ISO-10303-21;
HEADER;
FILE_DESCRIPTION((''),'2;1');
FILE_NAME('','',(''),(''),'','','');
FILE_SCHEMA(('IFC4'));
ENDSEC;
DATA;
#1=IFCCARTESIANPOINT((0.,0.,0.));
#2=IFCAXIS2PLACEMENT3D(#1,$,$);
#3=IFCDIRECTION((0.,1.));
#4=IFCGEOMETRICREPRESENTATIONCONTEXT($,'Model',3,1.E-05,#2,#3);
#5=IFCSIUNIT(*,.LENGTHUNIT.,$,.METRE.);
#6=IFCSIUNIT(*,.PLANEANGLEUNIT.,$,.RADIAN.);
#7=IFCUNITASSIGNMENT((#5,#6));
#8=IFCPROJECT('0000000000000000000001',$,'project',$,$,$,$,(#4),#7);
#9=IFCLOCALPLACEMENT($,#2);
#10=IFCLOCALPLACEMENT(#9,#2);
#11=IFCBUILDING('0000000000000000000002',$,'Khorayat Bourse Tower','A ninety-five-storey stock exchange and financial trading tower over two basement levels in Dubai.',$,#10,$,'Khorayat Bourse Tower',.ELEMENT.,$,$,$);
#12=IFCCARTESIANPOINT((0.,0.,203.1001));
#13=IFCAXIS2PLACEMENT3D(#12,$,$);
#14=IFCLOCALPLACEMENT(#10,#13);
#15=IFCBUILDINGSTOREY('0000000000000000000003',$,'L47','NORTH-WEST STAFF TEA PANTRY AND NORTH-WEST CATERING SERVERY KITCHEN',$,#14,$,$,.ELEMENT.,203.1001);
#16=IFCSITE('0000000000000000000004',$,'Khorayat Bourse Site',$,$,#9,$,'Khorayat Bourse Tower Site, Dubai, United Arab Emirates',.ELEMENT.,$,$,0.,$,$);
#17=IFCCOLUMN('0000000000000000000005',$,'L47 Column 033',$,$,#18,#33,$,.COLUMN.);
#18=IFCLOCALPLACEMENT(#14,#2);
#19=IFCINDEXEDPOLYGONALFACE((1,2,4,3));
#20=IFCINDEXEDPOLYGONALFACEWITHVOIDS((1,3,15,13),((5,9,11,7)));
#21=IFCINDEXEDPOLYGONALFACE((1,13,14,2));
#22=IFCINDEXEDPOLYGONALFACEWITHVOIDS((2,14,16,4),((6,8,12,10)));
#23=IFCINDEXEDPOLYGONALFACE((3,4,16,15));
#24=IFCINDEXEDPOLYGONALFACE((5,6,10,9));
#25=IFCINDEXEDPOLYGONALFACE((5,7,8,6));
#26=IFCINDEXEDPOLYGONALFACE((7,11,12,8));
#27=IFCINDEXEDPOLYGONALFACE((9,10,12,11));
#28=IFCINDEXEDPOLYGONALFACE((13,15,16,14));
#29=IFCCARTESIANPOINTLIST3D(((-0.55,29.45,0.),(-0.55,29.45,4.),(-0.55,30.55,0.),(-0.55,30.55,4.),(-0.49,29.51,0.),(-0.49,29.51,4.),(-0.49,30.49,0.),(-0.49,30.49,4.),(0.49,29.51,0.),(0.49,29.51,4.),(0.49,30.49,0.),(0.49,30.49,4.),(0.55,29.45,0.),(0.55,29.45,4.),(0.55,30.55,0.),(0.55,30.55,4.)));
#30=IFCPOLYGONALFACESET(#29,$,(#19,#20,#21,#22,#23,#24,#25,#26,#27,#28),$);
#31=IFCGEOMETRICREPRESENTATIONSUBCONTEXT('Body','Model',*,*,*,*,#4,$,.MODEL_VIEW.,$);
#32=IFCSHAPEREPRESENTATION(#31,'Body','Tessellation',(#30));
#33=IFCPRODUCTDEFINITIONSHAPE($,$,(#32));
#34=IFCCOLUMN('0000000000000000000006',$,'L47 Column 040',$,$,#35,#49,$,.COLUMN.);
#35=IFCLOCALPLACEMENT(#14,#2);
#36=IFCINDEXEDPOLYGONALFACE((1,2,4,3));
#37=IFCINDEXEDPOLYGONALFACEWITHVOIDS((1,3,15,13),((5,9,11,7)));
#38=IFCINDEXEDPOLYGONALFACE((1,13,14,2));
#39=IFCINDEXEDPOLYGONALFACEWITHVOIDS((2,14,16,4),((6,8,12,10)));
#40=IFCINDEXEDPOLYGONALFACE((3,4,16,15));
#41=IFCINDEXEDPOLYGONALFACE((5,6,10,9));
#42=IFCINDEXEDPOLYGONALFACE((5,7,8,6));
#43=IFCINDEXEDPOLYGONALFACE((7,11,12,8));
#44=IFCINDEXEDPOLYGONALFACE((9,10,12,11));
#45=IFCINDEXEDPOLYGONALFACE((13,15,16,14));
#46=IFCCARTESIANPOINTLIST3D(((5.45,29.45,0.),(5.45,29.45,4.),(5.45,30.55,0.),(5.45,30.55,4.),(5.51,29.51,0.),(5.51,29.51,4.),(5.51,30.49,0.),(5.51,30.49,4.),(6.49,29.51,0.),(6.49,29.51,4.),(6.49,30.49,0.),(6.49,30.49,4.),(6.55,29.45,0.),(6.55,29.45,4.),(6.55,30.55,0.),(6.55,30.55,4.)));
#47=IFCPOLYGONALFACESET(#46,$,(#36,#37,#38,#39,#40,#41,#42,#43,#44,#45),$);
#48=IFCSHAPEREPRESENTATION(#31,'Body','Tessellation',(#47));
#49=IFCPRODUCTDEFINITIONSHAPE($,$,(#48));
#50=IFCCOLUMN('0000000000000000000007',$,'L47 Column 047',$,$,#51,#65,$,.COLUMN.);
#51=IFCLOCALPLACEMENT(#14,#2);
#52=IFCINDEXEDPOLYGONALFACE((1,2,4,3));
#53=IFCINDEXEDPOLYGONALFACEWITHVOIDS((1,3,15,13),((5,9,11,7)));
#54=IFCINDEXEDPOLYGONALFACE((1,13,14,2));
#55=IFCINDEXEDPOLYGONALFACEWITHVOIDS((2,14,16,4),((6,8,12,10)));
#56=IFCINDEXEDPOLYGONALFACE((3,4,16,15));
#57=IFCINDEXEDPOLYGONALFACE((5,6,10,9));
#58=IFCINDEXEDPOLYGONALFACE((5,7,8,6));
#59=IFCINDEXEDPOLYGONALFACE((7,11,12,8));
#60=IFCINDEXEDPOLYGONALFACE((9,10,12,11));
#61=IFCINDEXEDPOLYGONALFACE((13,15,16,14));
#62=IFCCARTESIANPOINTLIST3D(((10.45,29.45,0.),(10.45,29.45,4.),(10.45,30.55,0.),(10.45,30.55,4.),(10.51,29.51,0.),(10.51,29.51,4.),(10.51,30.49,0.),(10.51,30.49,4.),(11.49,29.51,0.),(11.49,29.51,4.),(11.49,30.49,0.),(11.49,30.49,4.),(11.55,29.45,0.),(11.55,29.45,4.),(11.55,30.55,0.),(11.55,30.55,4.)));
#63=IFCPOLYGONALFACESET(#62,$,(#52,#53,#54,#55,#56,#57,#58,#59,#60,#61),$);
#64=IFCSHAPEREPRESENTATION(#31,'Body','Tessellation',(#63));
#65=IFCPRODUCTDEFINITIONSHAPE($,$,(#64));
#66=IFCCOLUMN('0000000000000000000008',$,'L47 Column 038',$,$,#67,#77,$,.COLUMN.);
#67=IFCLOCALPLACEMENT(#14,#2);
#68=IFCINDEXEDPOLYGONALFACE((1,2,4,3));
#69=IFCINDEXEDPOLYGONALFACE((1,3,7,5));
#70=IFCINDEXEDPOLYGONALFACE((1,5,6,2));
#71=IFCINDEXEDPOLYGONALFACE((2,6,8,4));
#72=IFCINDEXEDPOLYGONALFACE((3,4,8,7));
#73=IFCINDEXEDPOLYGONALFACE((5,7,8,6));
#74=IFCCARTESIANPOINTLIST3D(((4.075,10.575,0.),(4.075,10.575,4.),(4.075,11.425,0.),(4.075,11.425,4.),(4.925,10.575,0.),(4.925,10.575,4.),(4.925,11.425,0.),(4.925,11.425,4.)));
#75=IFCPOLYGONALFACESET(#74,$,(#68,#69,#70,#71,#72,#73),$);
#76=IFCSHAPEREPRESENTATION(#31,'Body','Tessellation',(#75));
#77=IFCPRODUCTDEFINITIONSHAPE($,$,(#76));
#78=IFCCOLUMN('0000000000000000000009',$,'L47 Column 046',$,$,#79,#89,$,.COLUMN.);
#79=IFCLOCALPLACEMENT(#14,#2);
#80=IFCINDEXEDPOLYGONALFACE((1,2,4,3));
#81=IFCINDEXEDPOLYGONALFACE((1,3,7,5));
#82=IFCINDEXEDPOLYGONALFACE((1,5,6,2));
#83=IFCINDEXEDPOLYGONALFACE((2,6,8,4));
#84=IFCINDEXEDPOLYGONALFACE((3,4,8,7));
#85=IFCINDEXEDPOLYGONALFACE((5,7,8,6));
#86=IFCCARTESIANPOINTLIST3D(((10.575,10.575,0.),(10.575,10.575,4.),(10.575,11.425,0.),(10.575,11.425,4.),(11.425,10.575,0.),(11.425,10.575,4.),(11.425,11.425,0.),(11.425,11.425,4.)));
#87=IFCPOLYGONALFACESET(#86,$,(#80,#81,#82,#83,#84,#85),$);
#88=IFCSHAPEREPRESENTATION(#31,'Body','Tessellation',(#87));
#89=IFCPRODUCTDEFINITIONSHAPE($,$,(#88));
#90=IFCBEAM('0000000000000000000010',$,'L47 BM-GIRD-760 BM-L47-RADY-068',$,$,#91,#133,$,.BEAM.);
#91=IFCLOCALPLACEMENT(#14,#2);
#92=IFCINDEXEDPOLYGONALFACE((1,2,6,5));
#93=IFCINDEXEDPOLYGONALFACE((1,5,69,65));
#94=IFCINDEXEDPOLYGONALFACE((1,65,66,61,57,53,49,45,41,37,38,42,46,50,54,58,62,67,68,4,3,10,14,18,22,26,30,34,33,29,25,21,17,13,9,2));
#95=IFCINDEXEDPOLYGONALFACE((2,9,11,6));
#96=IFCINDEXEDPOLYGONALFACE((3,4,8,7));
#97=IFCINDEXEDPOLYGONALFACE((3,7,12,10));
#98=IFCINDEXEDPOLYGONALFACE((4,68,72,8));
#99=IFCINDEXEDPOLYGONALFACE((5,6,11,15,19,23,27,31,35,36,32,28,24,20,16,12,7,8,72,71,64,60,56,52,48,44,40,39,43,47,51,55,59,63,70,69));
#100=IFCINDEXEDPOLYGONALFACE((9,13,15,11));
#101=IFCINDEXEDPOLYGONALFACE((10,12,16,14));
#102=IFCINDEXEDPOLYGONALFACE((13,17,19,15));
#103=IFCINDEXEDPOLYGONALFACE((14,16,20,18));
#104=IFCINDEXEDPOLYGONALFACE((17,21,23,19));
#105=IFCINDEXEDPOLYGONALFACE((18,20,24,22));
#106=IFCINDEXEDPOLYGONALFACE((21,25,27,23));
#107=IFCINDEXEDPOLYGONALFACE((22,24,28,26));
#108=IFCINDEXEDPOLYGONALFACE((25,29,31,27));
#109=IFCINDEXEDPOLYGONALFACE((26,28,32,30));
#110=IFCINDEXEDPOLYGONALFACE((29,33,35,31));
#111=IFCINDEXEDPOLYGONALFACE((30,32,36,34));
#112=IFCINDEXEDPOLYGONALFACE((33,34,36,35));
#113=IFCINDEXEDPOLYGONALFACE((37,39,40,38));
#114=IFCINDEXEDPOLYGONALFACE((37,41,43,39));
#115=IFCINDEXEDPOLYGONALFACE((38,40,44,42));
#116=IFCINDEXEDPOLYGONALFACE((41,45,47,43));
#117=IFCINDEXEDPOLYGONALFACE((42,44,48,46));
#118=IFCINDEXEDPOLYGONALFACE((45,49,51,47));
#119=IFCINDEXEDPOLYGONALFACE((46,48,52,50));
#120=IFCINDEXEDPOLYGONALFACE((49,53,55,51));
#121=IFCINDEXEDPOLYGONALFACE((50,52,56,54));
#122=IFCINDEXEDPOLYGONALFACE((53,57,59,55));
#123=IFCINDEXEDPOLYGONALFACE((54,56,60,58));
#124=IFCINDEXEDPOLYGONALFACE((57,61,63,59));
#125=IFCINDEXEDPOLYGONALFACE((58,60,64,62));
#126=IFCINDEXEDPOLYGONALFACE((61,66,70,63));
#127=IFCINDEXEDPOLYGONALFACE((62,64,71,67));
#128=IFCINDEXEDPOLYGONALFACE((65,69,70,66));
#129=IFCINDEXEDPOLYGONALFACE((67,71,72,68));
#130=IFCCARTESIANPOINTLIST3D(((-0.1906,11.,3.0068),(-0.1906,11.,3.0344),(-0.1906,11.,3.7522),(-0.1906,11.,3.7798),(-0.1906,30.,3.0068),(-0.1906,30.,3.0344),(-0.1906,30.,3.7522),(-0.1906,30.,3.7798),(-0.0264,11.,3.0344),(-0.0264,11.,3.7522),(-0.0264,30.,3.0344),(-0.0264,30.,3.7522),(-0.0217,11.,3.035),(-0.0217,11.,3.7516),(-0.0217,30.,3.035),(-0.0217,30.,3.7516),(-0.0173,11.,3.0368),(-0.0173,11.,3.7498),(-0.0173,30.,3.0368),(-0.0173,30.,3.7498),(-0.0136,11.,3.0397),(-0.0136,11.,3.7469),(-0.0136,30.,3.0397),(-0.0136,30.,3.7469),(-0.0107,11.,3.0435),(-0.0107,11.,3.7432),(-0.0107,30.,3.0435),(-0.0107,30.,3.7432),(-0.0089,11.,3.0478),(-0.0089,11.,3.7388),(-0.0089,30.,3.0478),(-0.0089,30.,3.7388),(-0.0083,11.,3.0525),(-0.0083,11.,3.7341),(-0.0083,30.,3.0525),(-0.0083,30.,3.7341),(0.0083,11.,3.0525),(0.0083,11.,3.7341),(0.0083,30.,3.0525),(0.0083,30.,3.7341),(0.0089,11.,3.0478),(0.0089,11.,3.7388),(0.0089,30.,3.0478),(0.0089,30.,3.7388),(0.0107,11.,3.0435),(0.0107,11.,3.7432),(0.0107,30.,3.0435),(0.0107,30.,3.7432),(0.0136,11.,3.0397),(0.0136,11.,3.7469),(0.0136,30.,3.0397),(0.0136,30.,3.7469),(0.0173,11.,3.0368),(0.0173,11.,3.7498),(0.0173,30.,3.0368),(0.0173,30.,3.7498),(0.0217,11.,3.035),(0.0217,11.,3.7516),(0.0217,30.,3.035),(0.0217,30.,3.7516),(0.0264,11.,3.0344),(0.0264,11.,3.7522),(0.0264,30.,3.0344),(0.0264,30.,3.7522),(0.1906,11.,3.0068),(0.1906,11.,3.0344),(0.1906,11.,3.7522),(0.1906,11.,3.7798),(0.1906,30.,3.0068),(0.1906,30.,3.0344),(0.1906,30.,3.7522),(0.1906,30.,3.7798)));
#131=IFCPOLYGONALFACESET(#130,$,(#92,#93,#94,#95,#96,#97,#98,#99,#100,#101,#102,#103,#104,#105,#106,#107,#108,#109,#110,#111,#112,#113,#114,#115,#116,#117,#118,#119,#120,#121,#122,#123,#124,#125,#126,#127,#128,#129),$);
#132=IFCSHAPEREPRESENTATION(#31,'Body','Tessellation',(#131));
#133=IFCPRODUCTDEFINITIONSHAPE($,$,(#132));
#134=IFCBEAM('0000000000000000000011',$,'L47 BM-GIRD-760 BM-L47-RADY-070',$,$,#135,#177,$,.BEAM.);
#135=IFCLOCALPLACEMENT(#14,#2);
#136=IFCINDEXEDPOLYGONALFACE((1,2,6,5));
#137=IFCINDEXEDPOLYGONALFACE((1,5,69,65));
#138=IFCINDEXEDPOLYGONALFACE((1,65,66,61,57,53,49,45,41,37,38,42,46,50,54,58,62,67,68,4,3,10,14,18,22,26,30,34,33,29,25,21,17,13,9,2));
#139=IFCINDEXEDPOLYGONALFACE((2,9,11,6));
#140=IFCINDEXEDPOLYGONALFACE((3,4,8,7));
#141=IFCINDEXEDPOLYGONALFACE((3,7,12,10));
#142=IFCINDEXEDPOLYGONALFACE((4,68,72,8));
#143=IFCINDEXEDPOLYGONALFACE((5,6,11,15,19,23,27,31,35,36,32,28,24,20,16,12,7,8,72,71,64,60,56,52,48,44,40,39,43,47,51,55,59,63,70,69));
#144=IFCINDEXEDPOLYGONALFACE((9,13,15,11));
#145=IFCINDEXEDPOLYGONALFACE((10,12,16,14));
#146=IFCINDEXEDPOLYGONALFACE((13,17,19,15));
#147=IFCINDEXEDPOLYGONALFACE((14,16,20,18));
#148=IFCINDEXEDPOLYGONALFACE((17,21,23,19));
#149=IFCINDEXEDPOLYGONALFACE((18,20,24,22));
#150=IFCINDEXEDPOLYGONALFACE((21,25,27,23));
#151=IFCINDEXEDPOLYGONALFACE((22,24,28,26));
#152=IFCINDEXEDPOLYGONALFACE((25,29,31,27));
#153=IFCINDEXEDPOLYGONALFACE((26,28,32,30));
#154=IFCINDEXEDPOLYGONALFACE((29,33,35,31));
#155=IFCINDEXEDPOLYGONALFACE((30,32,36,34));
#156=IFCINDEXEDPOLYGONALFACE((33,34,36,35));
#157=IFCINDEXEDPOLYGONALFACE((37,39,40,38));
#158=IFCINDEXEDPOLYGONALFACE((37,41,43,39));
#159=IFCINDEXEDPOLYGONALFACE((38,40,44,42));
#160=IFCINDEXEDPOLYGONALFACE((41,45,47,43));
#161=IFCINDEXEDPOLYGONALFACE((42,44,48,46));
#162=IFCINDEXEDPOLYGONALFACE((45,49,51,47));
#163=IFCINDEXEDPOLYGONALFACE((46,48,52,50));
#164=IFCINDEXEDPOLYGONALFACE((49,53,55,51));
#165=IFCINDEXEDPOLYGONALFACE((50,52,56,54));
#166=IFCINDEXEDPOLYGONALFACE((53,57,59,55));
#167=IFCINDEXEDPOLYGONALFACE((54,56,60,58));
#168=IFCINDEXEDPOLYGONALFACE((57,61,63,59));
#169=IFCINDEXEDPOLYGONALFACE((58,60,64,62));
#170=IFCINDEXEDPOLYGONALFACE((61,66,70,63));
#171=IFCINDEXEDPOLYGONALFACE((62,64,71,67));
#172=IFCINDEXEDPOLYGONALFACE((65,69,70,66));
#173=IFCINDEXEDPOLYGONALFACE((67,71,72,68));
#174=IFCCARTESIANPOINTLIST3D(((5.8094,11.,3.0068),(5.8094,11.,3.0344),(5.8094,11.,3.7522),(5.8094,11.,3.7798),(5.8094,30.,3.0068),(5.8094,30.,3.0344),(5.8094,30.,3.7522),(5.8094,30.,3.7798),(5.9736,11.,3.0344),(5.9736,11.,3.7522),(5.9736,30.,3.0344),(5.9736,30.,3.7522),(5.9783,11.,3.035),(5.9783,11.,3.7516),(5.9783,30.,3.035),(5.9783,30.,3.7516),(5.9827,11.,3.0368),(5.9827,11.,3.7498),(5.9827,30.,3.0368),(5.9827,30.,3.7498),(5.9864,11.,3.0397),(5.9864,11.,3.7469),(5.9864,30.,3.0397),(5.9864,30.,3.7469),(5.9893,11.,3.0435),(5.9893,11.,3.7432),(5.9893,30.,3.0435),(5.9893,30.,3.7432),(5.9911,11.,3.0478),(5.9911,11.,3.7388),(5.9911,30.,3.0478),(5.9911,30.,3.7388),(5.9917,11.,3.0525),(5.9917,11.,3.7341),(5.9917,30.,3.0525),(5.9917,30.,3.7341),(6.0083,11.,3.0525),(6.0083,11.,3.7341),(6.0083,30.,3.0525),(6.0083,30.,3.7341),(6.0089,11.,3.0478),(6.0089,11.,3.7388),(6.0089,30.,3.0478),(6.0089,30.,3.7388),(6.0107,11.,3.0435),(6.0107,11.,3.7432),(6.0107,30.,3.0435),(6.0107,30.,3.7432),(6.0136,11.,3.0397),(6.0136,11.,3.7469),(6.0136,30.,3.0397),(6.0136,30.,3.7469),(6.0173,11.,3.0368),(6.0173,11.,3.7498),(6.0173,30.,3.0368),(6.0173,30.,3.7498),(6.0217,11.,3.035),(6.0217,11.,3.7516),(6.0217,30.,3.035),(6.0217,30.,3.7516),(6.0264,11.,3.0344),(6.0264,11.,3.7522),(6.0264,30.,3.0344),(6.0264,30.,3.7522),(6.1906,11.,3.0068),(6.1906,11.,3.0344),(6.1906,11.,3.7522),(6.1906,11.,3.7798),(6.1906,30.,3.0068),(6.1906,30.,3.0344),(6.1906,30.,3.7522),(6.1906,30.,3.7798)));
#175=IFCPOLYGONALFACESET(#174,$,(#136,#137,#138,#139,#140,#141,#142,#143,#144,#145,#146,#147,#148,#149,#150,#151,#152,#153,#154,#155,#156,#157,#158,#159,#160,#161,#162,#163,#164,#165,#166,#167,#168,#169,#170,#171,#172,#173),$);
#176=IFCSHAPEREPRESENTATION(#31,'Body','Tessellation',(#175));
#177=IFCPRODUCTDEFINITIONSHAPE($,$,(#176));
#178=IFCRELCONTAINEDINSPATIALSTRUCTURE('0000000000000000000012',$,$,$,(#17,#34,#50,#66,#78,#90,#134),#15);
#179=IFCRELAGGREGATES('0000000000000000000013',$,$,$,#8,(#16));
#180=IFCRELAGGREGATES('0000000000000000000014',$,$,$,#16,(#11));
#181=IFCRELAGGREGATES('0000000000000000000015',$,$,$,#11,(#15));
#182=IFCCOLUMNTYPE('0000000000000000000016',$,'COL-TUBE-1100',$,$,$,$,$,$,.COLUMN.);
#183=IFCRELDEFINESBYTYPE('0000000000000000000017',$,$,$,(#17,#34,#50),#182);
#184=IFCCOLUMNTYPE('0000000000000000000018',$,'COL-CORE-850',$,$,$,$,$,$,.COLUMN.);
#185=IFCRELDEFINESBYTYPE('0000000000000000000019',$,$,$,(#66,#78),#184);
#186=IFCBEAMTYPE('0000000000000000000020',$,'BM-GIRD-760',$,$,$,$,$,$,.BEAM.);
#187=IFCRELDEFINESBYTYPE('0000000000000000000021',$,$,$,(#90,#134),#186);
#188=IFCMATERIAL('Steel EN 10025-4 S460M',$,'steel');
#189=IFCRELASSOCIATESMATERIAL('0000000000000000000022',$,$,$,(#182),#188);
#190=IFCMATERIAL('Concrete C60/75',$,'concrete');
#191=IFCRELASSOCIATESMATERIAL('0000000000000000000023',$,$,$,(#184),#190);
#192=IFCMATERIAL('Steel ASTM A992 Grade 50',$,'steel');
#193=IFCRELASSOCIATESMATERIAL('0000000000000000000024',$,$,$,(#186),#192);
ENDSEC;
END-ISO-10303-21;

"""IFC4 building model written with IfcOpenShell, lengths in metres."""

from ifc_helpers import new_model, si_unit, direction, frame, origin, origin_2d, place, context, subcontext, project, spatial, rectangle, hollow_rectangle, i_section, extrude, source, transform, mapped, material, material_profile, profile_set, type_object, element, save


model = new_model("IFC4")

# Units and contexts
model_context = context("Model", 3, precision=1e-05, world=origin(), true_north=direction((0.0, 1.0)))
body_context = subcontext(model_context, "Body", "Model", "MODEL_VIEW")
ifc_project = project(units=[si_unit("LENGTHUNIT", "METRE"), si_unit("PLANEANGLEUNIT", "RADIAN")], contexts=[model_context])

# Site, building, storey
site_placement = place(None, origin())
site = spatial("IfcSite", under=ifc_project, at=site_placement, Name="Khorayat Bourse Site", LongName="Khorayat Bourse Tower Site, Dubai, United Arab Emirates", CompositionType="ELEMENT", RefElevation=0.0)
building_placement = place(site_placement, origin())
building = spatial("IfcBuilding", under=site, at=building_placement, Name="Khorayat Bourse Tower", Description="A ninety-five-storey stock exchange and financial trading tower over two basement levels in Dubai.", LongName="Khorayat Bourse Tower", CompositionType="ELEMENT")
storey_placement = place(building_placement, frame((0.0, 0.0, 203.1001)))
storey = spatial("IfcBuildingStorey", under=building, at=storey_placement, Name="L47", Description="NORTH-WEST STAFF TEA PANTRY AND NORTH-WEST CATERING SERVERY KITCHEN", CompositionType="ELEMENT", Elevation=203.1001)

# Columns
ifc_material_1 = material(Name="Steel EN 10025-4 S460M", Category="steel")
ifc_material_profile_1 = material_profile(ifc_material_1, hollow_rectangle(XDim=1.1001, YDim=1.1001, WallThickness=0.0601, at=origin_2d()), Name="BOX 1100x1100x60")
ifc_profile_set_1 = profile_set([ifc_material_profile_1], Name="Steel EN 10025-4 S460M")
column_type_1 = type_object("IfcColumnType", Name="COL-TUBE-1100", PredefinedType="COLUMN", material=ifc_profile_set_1)
shared_shape_1 = source(origin(), body_context, "Body", "SweptSolid", [
    extrude(hollow_rectangle(XDim=1.1001, YDim=1.1001, WallThickness=0.0601, at=origin_2d()), origin(), (0.0, 0.0, 1.0), 4.0),
])
for number, where, z_axis, x_axis, name in (
    (1, (0.0, 30.0, 0.0), (0.0, 0.0, 1.0), (1.0, 0.0, 0.0), "L47 Column 033"),
    (2, (6.0, 30.0, 0.0), (0.0, 0.0, 1.0), (1.0, 0.0, 0.0), "L47 Column 040"),
    (3, (11.0, 30.0, 0.0), (0.0, 0.0, 1.0), (1.0, 0.0, 0.0), "L47 Column 047"),
):
    element("IfcColumn", number, at=place(storey_placement, frame(where, z_axis=z_axis, x_axis=x_axis)), inside=storey, type_object=column_type_1, Name=name, PredefinedType="COLUMN", context=body_context, shape_type="MappedRepresentation", body=[
        mapped(shared_shape_1, transform((0.0, 0.0, 0.0), scale=1.0)),
    ])
ifc_material_2 = material(Name="Concrete C60/75", Category="concrete")
ifc_material_profile_2 = material_profile(ifc_material_2, rectangle(XDim=0.8501, YDim=0.8501, at=origin_2d()), Name="RC 850x850")
ifc_profile_set_2 = profile_set([ifc_material_profile_2], Name="Concrete C60/75")
column_type_2 = type_object("IfcColumnType", Name="COL-CORE-850", PredefinedType="COLUMN", material=ifc_profile_set_2)
shared_shape_2 = source(origin(), body_context, "Body", "SweptSolid", [
    extrude(rectangle(XDim=0.8501, YDim=0.8501, at=origin_2d()), origin(), (0.0, 0.0, 1.0), 4.0),
])
for number, where, z_axis, x_axis, name in (
    (4, (4.5, 11.0, 0.0), (0.0, 0.0, 1.0), (1.0, 0.0, 0.0), "L47 Column 038"),
    (5, (11.0, 11.0, 0.0), (0.0, 0.0, 1.0), (1.0, 0.0, 0.0), "L47 Column 046"),
):
    element("IfcColumn", number, at=place(storey_placement, frame(where, z_axis=z_axis, x_axis=x_axis)), inside=storey, type_object=column_type_2, Name=name, PredefinedType="COLUMN", context=body_context, shape_type="MappedRepresentation", body=[
        mapped(shared_shape_2, transform((0.0, 0.0, 0.0), scale=1.0)),
    ])

# Beams
ifc_material_3 = material(Name="Steel ASTM A992 Grade 50", Category="steel")
ifc_material_profile_3 = material_profile(ifc_material_3, i_section(OverallWidth=0.3811, OverallDepth=0.7729, WebThickness=0.0166, FlangeThickness=0.0276, FilletRadius=0.0181, at=origin_2d()), Name="W760X257")
ifc_profile_set_3 = profile_set([ifc_material_profile_3], Name="Steel ASTM A992 Grade 50")
beam_type_1 = type_object("IfcBeamType", Name="BM-GIRD-760", PredefinedType="BEAM", material=ifc_profile_set_3)
shared_shape_3 = source(origin(), body_context, "Body", "SweptSolid", [
    extrude(i_section(OverallWidth=0.3811, OverallDepth=0.7729, WebThickness=0.0166, FlangeThickness=0.0276, FilletRadius=0.0181, at=origin_2d()), origin(), (0.0, 0.0, 1.0), 19.0),
])
for number, where, z_axis, x_axis, name in (
    (6, (0.0, 11.0, 3.3933), (0.0, 1.0, 0.0), (-1.0, 0.0, 0.0), "L47 BM-GIRD-760 BM-L47-RADY-068"),
    (7, (6.0, 11.0, 3.3933), (0.0, 1.0, 0.0), (-1.0, 0.0, 0.0), "L47 BM-GIRD-760 BM-L47-RADY-070"),
):
    element("IfcBeam", number, at=place(storey_placement, frame(where, z_axis=z_axis, x_axis=x_axis)), inside=storey, type_object=beam_type_1, Name=name, PredefinedType="BEAM", context=body_context, shape_type="MappedRepresentation", body=[
        mapped(shared_shape_3, transform((0.0, 0.0, 0.0), scale=1.0)),
    ])

save(model, "model.ifc")
